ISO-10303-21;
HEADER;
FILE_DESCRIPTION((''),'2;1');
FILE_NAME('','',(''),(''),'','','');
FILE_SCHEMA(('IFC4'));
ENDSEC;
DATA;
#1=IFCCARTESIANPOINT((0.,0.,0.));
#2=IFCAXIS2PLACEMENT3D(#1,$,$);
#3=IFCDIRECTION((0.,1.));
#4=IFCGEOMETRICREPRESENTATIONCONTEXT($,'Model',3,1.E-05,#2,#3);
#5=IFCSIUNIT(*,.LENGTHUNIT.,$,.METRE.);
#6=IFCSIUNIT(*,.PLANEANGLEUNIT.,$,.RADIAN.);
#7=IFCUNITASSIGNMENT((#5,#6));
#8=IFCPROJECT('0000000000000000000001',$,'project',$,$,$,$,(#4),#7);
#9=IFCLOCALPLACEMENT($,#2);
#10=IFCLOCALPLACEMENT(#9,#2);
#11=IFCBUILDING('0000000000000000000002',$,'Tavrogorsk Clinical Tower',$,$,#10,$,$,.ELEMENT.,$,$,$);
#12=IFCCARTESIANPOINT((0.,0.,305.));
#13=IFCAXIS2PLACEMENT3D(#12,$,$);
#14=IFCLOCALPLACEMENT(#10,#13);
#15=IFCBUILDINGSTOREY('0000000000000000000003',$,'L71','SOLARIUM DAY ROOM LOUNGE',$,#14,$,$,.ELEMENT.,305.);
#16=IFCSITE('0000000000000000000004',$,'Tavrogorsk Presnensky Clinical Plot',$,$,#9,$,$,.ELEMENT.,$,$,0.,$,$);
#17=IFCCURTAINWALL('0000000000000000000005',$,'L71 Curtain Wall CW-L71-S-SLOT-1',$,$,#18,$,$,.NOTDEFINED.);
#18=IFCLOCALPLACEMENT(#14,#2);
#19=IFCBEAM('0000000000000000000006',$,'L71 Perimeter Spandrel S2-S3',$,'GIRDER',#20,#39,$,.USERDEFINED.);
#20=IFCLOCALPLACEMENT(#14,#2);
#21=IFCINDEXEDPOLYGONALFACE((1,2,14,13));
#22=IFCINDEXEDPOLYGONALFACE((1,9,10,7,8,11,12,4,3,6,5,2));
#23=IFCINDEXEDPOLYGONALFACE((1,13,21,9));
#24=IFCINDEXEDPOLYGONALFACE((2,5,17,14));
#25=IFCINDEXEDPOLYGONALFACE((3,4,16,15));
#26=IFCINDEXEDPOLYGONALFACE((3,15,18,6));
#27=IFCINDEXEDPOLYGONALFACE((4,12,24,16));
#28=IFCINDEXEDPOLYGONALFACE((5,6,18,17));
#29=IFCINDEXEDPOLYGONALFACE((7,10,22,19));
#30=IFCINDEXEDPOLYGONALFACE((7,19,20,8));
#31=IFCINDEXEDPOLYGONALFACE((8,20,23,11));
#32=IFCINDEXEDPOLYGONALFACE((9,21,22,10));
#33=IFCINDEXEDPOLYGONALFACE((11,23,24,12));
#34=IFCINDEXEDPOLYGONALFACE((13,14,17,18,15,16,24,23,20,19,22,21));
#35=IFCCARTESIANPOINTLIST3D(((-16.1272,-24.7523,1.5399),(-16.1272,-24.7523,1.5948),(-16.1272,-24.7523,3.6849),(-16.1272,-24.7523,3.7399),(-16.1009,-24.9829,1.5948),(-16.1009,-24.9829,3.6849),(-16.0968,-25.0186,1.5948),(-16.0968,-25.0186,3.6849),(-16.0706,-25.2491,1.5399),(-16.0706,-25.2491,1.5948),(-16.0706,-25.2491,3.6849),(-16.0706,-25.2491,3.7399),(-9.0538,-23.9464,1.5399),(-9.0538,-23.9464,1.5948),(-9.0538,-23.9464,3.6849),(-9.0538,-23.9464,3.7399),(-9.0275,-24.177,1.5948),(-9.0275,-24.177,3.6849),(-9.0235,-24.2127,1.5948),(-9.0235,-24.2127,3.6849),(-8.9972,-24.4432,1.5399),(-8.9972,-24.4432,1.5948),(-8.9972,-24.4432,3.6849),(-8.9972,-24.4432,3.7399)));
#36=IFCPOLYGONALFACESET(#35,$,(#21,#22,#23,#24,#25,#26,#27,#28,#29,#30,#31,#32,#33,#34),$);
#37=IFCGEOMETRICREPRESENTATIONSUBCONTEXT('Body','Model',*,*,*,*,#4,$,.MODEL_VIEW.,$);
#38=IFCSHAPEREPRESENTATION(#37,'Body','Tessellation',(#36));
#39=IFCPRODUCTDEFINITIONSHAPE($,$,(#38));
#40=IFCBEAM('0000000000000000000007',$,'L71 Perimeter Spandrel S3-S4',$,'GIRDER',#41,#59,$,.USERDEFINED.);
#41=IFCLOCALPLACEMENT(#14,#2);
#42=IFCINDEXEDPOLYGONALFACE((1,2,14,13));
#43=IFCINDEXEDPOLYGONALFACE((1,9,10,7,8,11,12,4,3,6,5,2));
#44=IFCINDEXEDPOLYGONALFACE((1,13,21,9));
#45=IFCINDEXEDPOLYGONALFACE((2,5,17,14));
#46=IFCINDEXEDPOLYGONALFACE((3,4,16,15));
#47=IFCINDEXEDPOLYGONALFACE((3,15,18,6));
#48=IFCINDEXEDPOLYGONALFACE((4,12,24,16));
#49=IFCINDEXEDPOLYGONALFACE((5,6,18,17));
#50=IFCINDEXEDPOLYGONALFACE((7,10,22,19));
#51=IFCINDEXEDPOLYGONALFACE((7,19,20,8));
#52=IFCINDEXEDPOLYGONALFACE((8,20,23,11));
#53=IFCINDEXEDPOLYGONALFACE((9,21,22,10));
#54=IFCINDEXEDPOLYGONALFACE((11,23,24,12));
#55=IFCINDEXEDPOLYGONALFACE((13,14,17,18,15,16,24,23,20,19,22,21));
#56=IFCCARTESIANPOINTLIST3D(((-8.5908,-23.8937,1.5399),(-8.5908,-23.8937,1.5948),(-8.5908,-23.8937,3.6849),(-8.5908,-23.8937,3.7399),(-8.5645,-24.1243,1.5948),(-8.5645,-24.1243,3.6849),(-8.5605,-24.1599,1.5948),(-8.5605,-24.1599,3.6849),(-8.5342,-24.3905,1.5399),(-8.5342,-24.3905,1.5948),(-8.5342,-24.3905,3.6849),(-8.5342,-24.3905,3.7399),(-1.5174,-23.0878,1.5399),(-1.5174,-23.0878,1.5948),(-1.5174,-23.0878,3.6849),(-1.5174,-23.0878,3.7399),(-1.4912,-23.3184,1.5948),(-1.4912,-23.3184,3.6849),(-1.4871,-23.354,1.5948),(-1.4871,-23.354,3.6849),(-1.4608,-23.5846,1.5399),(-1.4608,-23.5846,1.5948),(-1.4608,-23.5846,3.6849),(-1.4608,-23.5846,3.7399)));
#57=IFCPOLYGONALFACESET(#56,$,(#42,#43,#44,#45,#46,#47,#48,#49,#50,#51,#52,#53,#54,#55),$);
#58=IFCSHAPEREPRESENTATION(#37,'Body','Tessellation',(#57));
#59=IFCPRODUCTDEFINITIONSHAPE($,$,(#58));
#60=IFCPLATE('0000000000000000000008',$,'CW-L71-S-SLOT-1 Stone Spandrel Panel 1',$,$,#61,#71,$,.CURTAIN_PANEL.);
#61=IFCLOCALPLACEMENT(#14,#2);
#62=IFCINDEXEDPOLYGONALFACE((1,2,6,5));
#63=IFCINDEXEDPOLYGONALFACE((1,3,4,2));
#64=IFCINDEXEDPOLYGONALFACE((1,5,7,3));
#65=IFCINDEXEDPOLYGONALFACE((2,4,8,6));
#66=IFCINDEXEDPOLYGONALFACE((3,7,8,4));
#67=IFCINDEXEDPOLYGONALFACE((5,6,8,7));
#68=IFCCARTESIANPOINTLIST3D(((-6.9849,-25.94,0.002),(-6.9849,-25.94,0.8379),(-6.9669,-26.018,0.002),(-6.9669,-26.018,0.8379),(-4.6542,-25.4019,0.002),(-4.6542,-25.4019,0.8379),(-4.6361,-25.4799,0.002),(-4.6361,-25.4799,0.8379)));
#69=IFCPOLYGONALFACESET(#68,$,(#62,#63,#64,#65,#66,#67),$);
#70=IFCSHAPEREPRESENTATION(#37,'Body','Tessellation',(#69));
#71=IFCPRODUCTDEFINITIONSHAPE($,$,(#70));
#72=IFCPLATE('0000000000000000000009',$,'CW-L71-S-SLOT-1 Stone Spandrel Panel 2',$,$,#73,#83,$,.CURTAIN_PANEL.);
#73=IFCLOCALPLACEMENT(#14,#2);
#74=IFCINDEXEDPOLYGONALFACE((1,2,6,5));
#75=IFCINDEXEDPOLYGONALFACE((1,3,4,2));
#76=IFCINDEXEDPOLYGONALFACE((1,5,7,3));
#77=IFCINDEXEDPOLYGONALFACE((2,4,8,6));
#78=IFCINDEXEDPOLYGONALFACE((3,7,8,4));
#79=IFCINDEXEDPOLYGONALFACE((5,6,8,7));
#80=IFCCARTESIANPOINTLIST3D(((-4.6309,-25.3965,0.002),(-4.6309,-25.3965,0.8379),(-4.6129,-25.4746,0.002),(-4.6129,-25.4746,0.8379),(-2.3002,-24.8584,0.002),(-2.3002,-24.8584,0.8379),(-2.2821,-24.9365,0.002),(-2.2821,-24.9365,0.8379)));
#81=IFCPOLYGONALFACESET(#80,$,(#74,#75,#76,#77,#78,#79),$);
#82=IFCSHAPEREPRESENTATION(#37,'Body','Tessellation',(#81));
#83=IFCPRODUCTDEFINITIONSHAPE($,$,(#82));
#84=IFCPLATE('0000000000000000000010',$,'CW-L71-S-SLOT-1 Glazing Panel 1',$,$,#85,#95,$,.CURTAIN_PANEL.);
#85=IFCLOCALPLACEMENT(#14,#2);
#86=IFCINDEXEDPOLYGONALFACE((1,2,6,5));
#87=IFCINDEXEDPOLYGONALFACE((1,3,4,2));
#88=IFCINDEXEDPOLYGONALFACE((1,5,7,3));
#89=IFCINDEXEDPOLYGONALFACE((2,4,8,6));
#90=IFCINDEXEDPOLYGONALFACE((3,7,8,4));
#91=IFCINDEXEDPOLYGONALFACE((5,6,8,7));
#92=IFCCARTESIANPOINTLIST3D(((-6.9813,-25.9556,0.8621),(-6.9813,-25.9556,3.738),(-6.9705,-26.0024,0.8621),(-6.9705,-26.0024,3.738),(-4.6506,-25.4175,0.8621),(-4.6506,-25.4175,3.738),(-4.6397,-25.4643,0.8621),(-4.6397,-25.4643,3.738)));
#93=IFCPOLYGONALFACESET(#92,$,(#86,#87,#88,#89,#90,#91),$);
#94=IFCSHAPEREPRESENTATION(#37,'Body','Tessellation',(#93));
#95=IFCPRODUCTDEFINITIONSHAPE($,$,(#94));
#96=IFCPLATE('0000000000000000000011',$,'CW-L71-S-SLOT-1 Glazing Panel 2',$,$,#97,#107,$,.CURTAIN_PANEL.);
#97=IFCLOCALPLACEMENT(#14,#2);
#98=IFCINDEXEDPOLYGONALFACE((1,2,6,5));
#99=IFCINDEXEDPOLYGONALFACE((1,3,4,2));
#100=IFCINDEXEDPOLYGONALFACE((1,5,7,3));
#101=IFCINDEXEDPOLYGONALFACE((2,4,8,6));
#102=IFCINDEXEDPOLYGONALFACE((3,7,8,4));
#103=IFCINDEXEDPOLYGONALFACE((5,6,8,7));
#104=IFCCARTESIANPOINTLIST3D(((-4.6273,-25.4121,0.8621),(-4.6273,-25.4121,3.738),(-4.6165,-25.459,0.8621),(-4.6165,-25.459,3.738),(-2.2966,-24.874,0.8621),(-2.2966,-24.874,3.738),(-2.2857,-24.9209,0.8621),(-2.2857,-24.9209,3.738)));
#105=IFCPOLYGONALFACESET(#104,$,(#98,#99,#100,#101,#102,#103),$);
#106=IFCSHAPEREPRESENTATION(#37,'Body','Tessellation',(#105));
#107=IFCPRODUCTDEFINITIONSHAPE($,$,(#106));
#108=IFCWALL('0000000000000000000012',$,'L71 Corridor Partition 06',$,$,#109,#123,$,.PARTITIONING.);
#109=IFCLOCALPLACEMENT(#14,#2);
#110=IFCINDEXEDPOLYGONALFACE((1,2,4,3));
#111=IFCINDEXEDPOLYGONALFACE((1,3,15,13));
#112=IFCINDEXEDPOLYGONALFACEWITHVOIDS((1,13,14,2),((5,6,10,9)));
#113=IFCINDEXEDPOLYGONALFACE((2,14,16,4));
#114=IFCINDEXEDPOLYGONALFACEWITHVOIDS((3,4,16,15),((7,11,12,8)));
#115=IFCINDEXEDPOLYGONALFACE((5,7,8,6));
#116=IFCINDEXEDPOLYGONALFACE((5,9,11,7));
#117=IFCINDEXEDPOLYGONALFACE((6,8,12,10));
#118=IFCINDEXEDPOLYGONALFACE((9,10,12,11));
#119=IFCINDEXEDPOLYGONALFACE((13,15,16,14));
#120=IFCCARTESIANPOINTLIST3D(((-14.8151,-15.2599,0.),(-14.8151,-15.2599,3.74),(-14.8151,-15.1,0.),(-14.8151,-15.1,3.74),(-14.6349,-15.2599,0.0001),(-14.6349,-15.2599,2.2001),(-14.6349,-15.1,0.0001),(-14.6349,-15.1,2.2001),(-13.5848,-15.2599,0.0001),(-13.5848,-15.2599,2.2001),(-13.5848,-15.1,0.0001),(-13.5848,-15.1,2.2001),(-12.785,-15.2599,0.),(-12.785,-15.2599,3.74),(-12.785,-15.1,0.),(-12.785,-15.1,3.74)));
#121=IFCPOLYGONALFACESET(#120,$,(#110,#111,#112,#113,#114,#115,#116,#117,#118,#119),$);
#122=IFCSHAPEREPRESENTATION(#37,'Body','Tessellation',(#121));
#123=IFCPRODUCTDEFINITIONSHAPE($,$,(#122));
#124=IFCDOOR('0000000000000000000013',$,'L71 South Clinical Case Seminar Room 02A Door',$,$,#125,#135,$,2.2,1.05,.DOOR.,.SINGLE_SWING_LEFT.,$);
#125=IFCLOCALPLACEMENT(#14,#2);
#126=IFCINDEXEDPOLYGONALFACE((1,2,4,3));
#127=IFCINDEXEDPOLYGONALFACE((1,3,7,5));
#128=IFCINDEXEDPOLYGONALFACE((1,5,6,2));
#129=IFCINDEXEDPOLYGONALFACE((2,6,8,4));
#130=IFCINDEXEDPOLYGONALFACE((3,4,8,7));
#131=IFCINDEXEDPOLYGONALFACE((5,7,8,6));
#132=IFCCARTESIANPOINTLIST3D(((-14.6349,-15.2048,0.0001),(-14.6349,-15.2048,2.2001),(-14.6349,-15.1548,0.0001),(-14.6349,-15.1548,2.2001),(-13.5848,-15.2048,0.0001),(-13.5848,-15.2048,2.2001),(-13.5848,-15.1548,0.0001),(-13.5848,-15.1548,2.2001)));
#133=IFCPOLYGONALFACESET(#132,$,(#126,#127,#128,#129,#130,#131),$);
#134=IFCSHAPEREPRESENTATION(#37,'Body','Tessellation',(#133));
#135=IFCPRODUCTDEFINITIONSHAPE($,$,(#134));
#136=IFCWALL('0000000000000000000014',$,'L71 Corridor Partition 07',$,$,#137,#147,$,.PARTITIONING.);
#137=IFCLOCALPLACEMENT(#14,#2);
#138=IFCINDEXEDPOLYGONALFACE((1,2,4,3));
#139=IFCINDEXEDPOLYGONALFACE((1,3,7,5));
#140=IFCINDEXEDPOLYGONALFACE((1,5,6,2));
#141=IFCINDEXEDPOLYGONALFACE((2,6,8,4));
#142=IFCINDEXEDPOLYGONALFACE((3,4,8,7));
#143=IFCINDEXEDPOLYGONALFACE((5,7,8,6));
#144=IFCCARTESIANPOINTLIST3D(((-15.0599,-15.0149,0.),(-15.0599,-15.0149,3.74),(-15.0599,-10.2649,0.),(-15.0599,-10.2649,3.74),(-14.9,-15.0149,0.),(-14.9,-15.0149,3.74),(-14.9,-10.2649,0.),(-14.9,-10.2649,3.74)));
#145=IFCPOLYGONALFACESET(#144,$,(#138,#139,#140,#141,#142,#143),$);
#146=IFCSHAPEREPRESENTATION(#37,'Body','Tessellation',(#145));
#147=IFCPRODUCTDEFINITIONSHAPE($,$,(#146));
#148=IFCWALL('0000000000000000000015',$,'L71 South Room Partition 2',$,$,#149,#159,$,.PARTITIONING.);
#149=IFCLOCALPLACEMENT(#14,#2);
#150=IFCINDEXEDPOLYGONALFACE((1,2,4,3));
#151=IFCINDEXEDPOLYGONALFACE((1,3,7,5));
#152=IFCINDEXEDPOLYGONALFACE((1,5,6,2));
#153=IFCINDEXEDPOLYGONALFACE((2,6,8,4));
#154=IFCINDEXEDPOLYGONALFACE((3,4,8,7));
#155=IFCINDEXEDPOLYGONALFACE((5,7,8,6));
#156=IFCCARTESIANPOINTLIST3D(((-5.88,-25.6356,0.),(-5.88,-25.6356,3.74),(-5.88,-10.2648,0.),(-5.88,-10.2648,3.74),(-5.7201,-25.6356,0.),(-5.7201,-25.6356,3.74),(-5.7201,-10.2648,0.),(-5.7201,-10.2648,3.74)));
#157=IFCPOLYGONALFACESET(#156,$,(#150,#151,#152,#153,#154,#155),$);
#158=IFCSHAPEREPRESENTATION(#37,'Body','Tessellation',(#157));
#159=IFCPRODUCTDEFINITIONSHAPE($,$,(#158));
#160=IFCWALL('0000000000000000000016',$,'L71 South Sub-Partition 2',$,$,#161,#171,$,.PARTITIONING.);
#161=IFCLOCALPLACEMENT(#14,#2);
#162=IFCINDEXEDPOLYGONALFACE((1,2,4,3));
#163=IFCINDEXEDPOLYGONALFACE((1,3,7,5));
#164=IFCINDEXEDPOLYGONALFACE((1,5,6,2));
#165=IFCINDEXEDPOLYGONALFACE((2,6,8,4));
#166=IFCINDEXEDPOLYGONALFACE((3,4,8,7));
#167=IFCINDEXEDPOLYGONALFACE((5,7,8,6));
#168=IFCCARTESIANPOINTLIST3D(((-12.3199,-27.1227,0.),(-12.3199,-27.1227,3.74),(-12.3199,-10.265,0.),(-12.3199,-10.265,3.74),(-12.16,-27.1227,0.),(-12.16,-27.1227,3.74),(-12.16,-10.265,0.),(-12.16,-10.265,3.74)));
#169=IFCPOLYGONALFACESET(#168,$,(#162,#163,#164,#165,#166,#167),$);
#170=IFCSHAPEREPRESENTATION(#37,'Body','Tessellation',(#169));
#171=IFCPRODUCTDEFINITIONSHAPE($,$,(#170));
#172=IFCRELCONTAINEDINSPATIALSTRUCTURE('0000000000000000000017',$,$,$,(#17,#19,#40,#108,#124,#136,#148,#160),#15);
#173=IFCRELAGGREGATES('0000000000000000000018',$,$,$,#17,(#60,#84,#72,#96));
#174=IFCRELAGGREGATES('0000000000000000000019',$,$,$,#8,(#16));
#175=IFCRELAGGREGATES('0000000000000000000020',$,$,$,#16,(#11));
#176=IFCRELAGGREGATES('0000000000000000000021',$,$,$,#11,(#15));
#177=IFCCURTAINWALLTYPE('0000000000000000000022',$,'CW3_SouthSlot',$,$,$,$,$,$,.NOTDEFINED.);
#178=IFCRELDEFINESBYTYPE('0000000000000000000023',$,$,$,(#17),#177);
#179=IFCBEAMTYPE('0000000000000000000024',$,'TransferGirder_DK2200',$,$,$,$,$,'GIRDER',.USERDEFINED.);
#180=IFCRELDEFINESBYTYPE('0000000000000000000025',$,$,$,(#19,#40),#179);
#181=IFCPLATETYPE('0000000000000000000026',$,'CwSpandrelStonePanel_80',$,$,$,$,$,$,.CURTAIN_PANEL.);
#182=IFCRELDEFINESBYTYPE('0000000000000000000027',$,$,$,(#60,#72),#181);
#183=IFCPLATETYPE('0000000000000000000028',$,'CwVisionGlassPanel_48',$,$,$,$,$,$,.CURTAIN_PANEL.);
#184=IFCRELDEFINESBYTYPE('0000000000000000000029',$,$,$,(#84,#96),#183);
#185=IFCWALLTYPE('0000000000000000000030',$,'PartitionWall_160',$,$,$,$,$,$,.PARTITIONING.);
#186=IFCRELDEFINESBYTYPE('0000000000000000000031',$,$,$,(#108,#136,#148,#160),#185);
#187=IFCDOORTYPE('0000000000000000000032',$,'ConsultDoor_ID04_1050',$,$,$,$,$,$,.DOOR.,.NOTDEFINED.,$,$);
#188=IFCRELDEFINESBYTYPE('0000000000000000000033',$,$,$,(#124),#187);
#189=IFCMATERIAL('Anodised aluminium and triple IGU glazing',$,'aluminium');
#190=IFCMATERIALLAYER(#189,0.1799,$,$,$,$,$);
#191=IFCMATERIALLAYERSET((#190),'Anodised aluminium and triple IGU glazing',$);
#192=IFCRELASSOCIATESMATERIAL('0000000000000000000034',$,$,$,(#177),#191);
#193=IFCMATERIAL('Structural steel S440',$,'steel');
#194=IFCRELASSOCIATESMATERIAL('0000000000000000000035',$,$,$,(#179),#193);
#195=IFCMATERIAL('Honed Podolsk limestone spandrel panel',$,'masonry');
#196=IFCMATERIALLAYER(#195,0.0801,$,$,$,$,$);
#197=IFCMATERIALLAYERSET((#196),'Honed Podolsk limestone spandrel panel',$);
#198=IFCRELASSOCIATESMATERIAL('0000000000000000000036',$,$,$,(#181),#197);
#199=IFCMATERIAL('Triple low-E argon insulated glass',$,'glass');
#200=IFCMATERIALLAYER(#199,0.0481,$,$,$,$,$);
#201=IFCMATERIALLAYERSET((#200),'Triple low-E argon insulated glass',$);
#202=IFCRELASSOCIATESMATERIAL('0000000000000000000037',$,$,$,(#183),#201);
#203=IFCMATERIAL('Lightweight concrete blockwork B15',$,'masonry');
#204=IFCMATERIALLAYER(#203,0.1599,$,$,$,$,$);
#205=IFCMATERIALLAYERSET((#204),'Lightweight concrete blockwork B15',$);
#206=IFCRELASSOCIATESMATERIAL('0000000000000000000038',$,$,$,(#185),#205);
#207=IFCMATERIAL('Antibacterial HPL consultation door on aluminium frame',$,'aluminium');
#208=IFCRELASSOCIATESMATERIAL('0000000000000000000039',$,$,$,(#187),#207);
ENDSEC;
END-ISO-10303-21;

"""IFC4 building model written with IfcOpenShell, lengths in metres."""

from ifc_helpers import new_model, si_unit, direction, frame, frame_2d, origin, origin_2d, place, context, subcontext, project, spatial, rectangle, i_section, extrude, material, layer, layer_set, material_profile, profile_set, type_object, element, fill, aggregate, save


model = new_model("IFC4")

# Units and contexts
model_context = context("Model", 3, precision=1e-05, world=origin(), true_north=direction((0.0, 1.0)))
body_context = subcontext(model_context, "Body", "Model", "MODEL_VIEW")
ifc_project = project(units=[si_unit("LENGTHUNIT", "METRE"), si_unit("PLANEANGLEUNIT", "RADIAN")], contexts=[model_context])

# Site, building, storey
site_placement = place(None, origin())
site = spatial("IfcSite", under=ifc_project, at=site_placement, Name="Tavrogorsk Presnensky Clinical Plot", CompositionType="ELEMENT", RefElevation=0.0)
building_placement = place(site_placement, origin())
building = spatial("IfcBuilding", under=site, at=building_placement, Name="Tavrogorsk Clinical Tower", CompositionType="ELEMENT")
storey_placement = place(building_placement, frame((0.0, 0.0, 305.0)))
storey = spatial("IfcBuildingStorey", under=building, at=storey_placement, Name="L71", Description="SOLARIUM DAY ROOM LOUNGE", CompositionType="ELEMENT", Elevation=305.0)

# Curtain wall
ifc_material_1 = material(Name="Anodised aluminium and triple IGU glazing", Category="aluminium")
ifc_layer_1 = layer(ifc_material_1, 0.1799)
ifc_layer_set_1 = layer_set([ifc_layer_1], Name="Anodised aluminium and triple IGU glazing")
curtain_wall_type = type_object("IfcCurtainWallType", Name="CW3_SouthSlot", PredefinedType="NOTDEFINED", material=ifc_layer_set_1)
curtain_wall_placement = place(storey_placement, origin())
curtain_wall = element("IfcCurtainWall", 1, at=curtain_wall_placement, inside=storey, type_object=curtain_wall_type, Name="L71 Curtain Wall CW-L71-S-SLOT-1", PredefinedType="NOTDEFINED")

# Beams
ifc_material_2 = material(Name="Structural steel S440", Category="steel")
ifc_material_profile_1 = material_profile(ifc_material_2, i_section(OverallWidth=0.5, OverallDepth=2.2, WebThickness=0.0359, FlangeThickness=0.0549, at=origin_2d()), Name="DK-2200x500x36x55")
ifc_profile_set_1 = profile_set([ifc_material_profile_1], Name="Structural steel S440")
beam_type = type_object("IfcBeamType", Name="TransferGirder_DK2200", ElementType="GIRDER", PredefinedType="USERDEFINED", material=ifc_profile_set_1)
for number, where, z_axis, x_axis, name in (
    (2, (-16.0989, -25.0007, 2.6399), (0.993572, 0.113201, 0.0), (-0.113201, 0.993572, 0.0), "L71 Perimeter Spandrel S2-S3"),
    (3, (-8.5625, -24.1421, 2.6399), (0.993572, 0.113201, 0.0), (-0.113201, 0.993572, 0.0), "L71 Perimeter Spandrel S3-S4"),
):
    element("IfcBeam", number, at=place(storey_placement, frame(where, z_axis=z_axis, x_axis=x_axis)), inside=storey, type_object=beam_type, Name=name, ObjectType="GIRDER", PredefinedType="USERDEFINED", context=body_context, shape_type="SweptSolid", body=[
        extrude(i_section(OverallWidth=0.5, OverallDepth=2.2, WebThickness=0.0359, FlangeThickness=0.0549, at=origin_2d()), origin(), (0.0, 0.0, 1.0), 7.1191),
    ])

# Plates
ifc_material_3 = material(Name="Honed Podolsk limestone spandrel panel", Category="masonry")
ifc_layer_2 = layer(ifc_material_3, 0.0801)
ifc_layer_set_2 = layer_set([ifc_layer_2], Name="Honed Podolsk limestone spandrel panel")
plate_type_1 = type_object("IfcPlateType", Name="CwSpandrelStonePanel_80", PredefinedType="CURTAIN_PANEL", material=ifc_layer_set_2)
plate_1_placement = place(storey_placement, frame((-5.8105, -25.71, 0.002), z_axis=(0.0, 0.0, 1.0), x_axis=(0.97437, 0.224951, 0.0)))
plate_1 = element("IfcPlate", 4, at=plate_1_placement, type_object=plate_type_1, Name="CW-L71-S-SLOT-1 Stone Spandrel Panel 1", PredefinedType="CURTAIN_PANEL", context=body_context, shape_type="SweptSolid", body=[
    extrude(rectangle(XDim=2.3921, YDim=0.0801, at=origin_2d()), origin(), (0.0, 0.0, 1.0), 0.8359),
])
plate_2_placement = place(storey_placement, frame((-3.4565, -25.1665, 0.002), z_axis=(0.0, 0.0, 1.0), x_axis=(0.97437, 0.224951, 0.0)))
plate_2 = element("IfcPlate", 5, at=plate_2_placement, type_object=plate_type_1, Name="CW-L71-S-SLOT-1 Stone Spandrel Panel 2", PredefinedType="CURTAIN_PANEL", context=body_context, shape_type="SweptSolid", body=[
    extrude(rectangle(XDim=2.3921, YDim=0.0801, at=origin_2d()), origin(), (0.0, 0.0, 1.0), 0.8359),
])
ifc_material_4 = material(Name="Triple low-E argon insulated glass", Category="glass")
ifc_layer_3 = layer(ifc_material_4, 0.0481)
ifc_layer_set_3 = layer_set([ifc_layer_3], Name="Triple low-E argon insulated glass")
plate_type_2 = type_object("IfcPlateType", Name="CwVisionGlassPanel_48", PredefinedType="CURTAIN_PANEL", material=ifc_layer_set_3)
plate_3_placement = place(storey_placement, frame((-5.8105, -25.71, 0.8621), z_axis=(0.0, 0.0, 1.0), x_axis=(0.97437, 0.224951, 0.0)))
plate_3 = element("IfcPlate", 6, at=plate_3_placement, type_object=plate_type_2, Name="CW-L71-S-SLOT-1 Glazing Panel 1", PredefinedType="CURTAIN_PANEL", context=body_context, shape_type="SweptSolid", body=[
    extrude(rectangle(XDim=2.3921, YDim=0.0481, at=origin_2d()), origin(), (0.0, 0.0, 1.0), 2.876),
])
plate_4_placement = place(storey_placement, frame((-3.4565, -25.1665, 0.8621), z_axis=(0.0, 0.0, 1.0), x_axis=(0.97437, 0.224951, 0.0)))
plate_4 = element("IfcPlate", 7, at=plate_4_placement, type_object=plate_type_2, Name="CW-L71-S-SLOT-1 Glazing Panel 2", PredefinedType="CURTAIN_PANEL", context=body_context, shape_type="SweptSolid", body=[
    extrude(rectangle(XDim=2.3921, YDim=0.0481, at=origin_2d()), origin(), (0.0, 0.0, 1.0), 2.876),
])
aggregate(curtain_wall, [plate_1, plate_3, plate_2, plate_4])

# Wall, opening, door
ifc_material_5 = material(Name="Lightweight concrete blockwork B15", Category="masonry")
ifc_layer_4 = layer(ifc_material_5, 0.1599)
ifc_layer_set_4 = layer_set([ifc_layer_4], Name="Lightweight concrete blockwork B15")
wall_type = type_object("IfcWallType", Name="PartitionWall_160", PredefinedType="PARTITIONING", material=ifc_layer_set_4)
wall_1_placement = place(storey_placement, frame((-12.7849, -15.1799, 0.0), z_axis=(0.0, 0.0, 1.0), x_axis=(-1.0, 0.0, 0.0)))
wall_1 = element("IfcWall", 8, at=wall_1_placement, inside=storey, type_object=wall_type, Name="L71 Corridor Partition 06", PredefinedType="PARTITIONING", context=body_context, shape_type="SweptSolid", body=[
    extrude(rectangle(XDim=2.03, YDim=0.1599, at=frame_2d((1.0151, 0.0))), origin(), (0.0, 0.0, 1.0), 3.74),
])
opening_placement = place(wall_1_placement, frame((0.8, 0.0, 0.0)))
opening = element("IfcOpeningElement", 9, at=opening_placement, cuts=wall_1, PredefinedType="OPENING", context=body_context, shape_type="SweptSolid", body=[
    extrude(rectangle(XDim=1.05, YDim=2.2, at=frame_2d((0.5249, 1.1001))), frame((0.0, 0.0898, 0.0), z_axis=(0.0, -1.0, 0.0), x_axis=(1.0, 0.0, 0.0)), (0.0, 0.0, 1.0), 0.1799),
])
ifc_material_6 = material(Name="Antibacterial HPL consultation door on aluminium frame", Category="aluminium")
door_type = type_object("IfcDoorType", Name="ConsultDoor_ID04_1050", OperationType="NOTDEFINED", PredefinedType="DOOR", material=ifc_material_6)
door_placement = place(opening_placement, origin())
door = element("IfcDoor", 10, at=door_placement, inside=storey, type_object=door_type, Name="L71 South Clinical Case Seminar Room 02A Door", OperationType="SINGLE_SWING_LEFT", OverallHeight=2.2, OverallWidth=1.05, PredefinedType="DOOR", context=body_context, shape_type="SweptSolid", body=[
    extrude(rectangle(XDim=1.05, YDim=2.2, at=frame_2d((0.5249, 1.1001))), frame((0.0, 0.0249, 0.0), z_axis=(0.0, -1.0, 0.0), x_axis=(1.0, 0.0, 0.0)), (0.0, 0.0, 1.0), 0.05),
])
fill(opening, door)

# Walls
wall_2_placement = place(storey_placement, frame((-14.98, -15.0149, 0.0), z_axis=(0.0, 0.0, 1.0), x_axis=(0.0, 1.0, 0.0)))
element("IfcWall", 11, at=wall_2_placement, inside=storey, type_object=wall_type, Name="L71 Corridor Partition 07", PredefinedType="PARTITIONING", context=body_context, shape_type="SweptSolid", body=[
    extrude(rectangle(XDim=4.75, YDim=0.1599, at=frame_2d((2.375, 0.0))), origin(), (0.0, 0.0, 1.0), 3.74),
])
wall_3_placement = place(storey_placement, frame((-5.8, -25.6357, 0.0), z_axis=(0.0, 0.0, 1.0), x_axis=(0.0, 1.0, 0.0)))
element("IfcWall", 12, at=wall_3_placement, inside=storey, type_object=wall_type, Name="L71 South Room Partition 2", PredefinedType="PARTITIONING", context=body_context, shape_type="SweptSolid", body=[
    extrude(rectangle(XDim=15.3708, YDim=0.1599, at=frame_2d((7.6855, 0.0))), origin(), (0.0, 0.0, 1.0), 3.74),
])
wall_4_placement = place(storey_placement, frame((-12.24, -27.1226, 0.0), z_axis=(0.0, 0.0, 1.0), x_axis=(0.0, 1.0, 0.0)))
element("IfcWall", 13, at=wall_4_placement, inside=storey, type_object=wall_type, Name="L71 South Sub-Partition 2", PredefinedType="PARTITIONING", context=body_context, shape_type="SweptSolid", body=[
    extrude(rectangle(XDim=16.8577, YDim=0.1599, at=frame_2d((8.4287, 0.0))), origin(), (0.0, 0.0, 1.0), 3.74),
])

save(model, "model.ifc")
